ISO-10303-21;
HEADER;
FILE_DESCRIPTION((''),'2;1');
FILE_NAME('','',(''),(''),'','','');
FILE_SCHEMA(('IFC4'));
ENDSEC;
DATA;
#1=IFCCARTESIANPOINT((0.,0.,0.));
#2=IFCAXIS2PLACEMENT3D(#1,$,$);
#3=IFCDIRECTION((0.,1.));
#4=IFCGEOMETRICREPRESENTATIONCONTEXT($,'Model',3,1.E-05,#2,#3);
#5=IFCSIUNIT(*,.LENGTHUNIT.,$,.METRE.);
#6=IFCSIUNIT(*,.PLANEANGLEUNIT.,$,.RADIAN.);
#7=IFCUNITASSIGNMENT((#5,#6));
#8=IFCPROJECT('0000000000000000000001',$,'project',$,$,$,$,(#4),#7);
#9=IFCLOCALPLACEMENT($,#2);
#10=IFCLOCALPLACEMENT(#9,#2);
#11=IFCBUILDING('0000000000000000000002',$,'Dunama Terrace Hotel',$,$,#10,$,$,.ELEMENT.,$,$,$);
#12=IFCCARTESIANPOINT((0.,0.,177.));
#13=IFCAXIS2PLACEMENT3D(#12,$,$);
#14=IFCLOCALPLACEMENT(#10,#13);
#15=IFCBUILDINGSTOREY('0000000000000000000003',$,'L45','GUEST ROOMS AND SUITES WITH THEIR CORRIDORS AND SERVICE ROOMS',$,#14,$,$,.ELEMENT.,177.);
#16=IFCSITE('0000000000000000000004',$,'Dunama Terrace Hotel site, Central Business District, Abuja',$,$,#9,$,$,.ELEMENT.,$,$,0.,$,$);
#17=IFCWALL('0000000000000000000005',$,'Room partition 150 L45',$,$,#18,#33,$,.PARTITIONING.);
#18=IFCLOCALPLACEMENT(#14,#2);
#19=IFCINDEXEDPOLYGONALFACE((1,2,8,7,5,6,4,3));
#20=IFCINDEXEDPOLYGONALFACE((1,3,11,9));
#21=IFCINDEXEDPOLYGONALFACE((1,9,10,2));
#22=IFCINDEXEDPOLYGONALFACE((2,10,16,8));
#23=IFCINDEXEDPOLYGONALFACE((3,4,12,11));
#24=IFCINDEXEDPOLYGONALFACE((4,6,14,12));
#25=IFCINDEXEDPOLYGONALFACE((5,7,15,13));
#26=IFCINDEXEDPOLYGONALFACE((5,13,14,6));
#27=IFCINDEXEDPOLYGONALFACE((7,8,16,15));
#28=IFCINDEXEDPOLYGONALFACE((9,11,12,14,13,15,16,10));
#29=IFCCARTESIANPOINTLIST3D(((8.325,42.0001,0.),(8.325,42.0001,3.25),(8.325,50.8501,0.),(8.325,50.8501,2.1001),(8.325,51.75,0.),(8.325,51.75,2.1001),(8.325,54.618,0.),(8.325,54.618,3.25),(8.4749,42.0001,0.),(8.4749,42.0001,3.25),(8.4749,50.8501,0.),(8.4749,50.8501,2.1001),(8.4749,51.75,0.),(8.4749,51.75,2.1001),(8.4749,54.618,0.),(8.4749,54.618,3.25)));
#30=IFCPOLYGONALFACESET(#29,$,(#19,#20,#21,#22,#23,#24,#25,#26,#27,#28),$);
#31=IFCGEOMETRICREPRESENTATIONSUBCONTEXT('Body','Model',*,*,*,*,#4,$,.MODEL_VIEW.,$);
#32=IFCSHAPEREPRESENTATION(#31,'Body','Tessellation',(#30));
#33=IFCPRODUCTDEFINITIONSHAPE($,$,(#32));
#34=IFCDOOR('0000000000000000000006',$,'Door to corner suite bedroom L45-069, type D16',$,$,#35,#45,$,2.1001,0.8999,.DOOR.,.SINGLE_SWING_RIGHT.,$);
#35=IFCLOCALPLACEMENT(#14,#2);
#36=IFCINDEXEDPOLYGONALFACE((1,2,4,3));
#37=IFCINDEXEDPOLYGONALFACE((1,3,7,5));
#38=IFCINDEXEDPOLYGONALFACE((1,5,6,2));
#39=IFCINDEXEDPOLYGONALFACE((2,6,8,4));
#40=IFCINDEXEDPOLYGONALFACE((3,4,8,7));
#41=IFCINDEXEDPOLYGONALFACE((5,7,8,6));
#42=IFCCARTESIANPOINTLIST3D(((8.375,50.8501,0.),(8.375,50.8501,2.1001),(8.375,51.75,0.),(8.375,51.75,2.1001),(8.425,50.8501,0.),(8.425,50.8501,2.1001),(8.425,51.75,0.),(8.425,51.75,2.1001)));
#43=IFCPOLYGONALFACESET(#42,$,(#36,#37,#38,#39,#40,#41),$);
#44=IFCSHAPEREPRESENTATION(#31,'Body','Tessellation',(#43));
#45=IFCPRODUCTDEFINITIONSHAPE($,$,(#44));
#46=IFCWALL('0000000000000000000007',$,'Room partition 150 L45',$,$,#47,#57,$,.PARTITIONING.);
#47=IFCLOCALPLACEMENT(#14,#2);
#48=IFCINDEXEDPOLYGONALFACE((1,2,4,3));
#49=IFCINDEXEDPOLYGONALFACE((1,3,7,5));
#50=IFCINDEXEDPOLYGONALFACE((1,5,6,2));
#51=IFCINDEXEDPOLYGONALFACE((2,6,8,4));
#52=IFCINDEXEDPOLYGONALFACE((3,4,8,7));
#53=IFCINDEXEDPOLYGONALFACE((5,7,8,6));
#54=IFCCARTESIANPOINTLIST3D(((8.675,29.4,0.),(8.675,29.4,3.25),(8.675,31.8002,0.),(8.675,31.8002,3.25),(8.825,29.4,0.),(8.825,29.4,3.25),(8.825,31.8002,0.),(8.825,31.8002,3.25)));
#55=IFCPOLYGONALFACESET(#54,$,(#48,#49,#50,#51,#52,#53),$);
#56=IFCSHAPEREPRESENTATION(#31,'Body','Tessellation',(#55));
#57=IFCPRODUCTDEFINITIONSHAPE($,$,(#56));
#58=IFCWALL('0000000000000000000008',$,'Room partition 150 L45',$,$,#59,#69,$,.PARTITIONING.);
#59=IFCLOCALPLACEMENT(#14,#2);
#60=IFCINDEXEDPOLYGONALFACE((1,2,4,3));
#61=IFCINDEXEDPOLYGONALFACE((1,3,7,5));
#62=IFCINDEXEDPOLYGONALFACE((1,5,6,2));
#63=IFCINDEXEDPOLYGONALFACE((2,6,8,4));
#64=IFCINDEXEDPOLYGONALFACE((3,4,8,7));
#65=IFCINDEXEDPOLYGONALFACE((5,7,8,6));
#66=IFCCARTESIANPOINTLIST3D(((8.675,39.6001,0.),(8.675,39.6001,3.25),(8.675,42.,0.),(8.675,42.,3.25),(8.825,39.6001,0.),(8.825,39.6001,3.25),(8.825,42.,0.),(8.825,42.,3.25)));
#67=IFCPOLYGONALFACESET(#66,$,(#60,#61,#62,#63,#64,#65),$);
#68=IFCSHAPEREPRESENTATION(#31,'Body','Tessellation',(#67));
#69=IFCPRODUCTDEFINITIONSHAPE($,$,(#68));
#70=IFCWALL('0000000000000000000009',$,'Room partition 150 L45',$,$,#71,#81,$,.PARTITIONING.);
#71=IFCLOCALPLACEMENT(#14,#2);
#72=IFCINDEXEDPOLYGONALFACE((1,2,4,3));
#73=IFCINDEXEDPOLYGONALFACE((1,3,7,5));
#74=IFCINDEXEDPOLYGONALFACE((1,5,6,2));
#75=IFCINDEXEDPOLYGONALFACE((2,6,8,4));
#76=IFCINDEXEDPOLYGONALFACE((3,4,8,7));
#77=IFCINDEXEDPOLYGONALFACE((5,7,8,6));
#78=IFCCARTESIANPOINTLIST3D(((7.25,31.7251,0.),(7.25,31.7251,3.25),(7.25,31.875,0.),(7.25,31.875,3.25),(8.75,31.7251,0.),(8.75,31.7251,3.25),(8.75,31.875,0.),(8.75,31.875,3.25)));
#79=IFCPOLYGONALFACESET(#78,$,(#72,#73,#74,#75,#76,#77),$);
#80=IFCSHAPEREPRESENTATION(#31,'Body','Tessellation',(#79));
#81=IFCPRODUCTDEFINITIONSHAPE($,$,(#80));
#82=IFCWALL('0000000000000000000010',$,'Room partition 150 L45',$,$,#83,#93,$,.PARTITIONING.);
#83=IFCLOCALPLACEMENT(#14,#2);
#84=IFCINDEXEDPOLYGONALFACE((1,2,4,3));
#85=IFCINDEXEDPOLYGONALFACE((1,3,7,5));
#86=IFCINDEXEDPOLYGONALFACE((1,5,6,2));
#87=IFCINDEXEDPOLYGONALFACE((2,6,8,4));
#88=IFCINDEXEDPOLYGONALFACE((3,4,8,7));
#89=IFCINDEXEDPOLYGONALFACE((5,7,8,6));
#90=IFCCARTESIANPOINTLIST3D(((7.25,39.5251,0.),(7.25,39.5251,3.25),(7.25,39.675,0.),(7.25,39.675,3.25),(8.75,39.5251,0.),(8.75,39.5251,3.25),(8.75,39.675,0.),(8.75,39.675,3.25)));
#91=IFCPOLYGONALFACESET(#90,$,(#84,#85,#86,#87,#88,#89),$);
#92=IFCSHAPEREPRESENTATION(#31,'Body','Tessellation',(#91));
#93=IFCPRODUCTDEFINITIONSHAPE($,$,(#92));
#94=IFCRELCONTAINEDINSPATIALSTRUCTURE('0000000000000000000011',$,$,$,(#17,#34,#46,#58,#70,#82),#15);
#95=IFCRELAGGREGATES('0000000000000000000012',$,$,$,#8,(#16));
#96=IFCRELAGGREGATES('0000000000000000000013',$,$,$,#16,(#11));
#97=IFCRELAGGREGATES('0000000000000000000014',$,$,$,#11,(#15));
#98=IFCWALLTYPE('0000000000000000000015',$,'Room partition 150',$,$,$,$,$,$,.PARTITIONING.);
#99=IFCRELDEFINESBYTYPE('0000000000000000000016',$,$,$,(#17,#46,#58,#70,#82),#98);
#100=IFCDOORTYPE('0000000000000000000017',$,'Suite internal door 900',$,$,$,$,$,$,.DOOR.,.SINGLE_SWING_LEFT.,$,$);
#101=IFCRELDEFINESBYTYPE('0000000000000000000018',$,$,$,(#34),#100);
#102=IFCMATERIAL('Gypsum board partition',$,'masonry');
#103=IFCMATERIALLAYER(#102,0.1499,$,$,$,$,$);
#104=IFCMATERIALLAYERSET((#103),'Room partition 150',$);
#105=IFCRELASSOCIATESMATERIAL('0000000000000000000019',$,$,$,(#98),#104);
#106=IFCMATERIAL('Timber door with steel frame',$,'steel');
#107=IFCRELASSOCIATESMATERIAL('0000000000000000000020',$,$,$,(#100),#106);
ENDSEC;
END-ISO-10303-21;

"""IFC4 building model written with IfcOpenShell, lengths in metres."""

from ifc_helpers import new_model, si_unit, direction, frame, frame_2d, origin, place, context, subcontext, project, spatial, rectangle, extrude, material, layer, layer_set, type_object, element, fill, save


model = new_model("IFC4")

# Units and contexts
model_context = context("Model", 3, precision=1e-05, world=origin(), true_north=direction((0.0, 1.0)))
body_context = subcontext(model_context, "Body", "Model", "MODEL_VIEW")
ifc_project = project(units=[si_unit("LENGTHUNIT", "METRE"), si_unit("PLANEANGLEUNIT", "RADIAN")], contexts=[model_context])

# Site, building, storey
site_placement = place(None, origin())
site = spatial("IfcSite", under=ifc_project, at=site_placement, Name="Dunama Terrace Hotel site, Central Business District, Abuja", CompositionType="ELEMENT", RefElevation=0.0)
building_placement = place(site_placement, origin())
building = spatial("IfcBuilding", under=site, at=building_placement, Name="Dunama Terrace Hotel", CompositionType="ELEMENT")
storey_placement = place(building_placement, frame((0.0, 0.0, 177.0)))
storey = spatial("IfcBuildingStorey", under=building, at=storey_placement, Name="L45", Description="GUEST ROOMS AND SUITES WITH THEIR CORRIDORS AND SERVICE ROOMS", CompositionType="ELEMENT", Elevation=177.0)

# Wall, opening, door
ifc_material_1 = material(Name="Gypsum board partition", Category="masonry")
ifc_layer_1 = layer(ifc_material_1, 0.1499)
ifc_layer_set_1 = layer_set([ifc_layer_1], Name="Room partition 150")
wall_type_1 = type_object("IfcWallType", Name="Room partition 150", PredefinedType="PARTITIONING", material=ifc_layer_set_1)
ifc_material_2 = material(Name="Timber door with steel frame", Category="steel")
door_type_1 = type_object("IfcDoorType", Name="Suite internal door 900", OperationType="SINGLE_SWING_LEFT", PredefinedType="DOOR", material=ifc_material_2)
wall_1_placement = place(storey_placement, frame((8.3999, 42.0, 0.0), z_axis=(0.0, 0.0, 1.0), x_axis=(0.0, 1.0, 0.0)))
wall_1 = element("IfcWall", 1, at=wall_1_placement, inside=storey, type_object=wall_type_1, Name="Room partition 150 L45", PredefinedType="PARTITIONING", context=body_context, shape_type="SweptSolid", body=[
    extrude(rectangle(XDim=12.6179, YDim=0.1499, at=frame_2d((6.3091, 0.0))), origin(), (0.0, 0.0, 1.0), 3.25),
])
opening_1_placement = place(wall_1_placement, frame((8.8501, 0.0, 0.0)))
opening_1 = element("IfcOpeningElement", 2, at=opening_1_placement, cuts=wall_1, PredefinedType="OPENING", context=body_context, shape_type="SweptSolid", body=[
    extrude(rectangle(XDim=0.8999, YDim=2.1001, at=frame_2d((0.45, 1.05))), frame((0.0, 0.085, 0.0), z_axis=(0.0, -1.0, 0.0), x_axis=(1.0, 0.0, 0.0)), (0.0, 0.0, 1.0), 0.1699),
])
door_1_placement = place(opening_1_placement, origin())
door_1 = element("IfcDoor", 3, at=door_1_placement, inside=storey, type_object=door_type_1, Name="Door to corner suite bedroom L45-069, type D16", OperationType="SINGLE_SWING_RIGHT", OverallHeight=2.1001, OverallWidth=0.8999, PredefinedType="DOOR", context=body_context, shape_type="SweptSolid", body=[
    extrude(rectangle(XDim=0.8999, YDim=2.1001, at=frame_2d((0.45, 1.05))), frame((0.0, 0.0249, 0.0), z_axis=(0.0, -1.0, 0.0), x_axis=(1.0, 0.0, 0.0)), (0.0, 0.0, 1.0), 0.05),
])
fill(opening_1, door_1)

# Walls
wall_2_placement = place(storey_placement, frame((8.75, 29.3999, 0.0), z_axis=(0.0, 0.0, 1.0), x_axis=(0.0, 1.0, 0.0)))
element("IfcWall", 4, at=wall_2_placement, inside=storey, type_object=wall_type_1, Name="Room partition 150 L45", PredefinedType="PARTITIONING", context=body_context, shape_type="SweptSolid", body=[
    extrude(rectangle(XDim=2.4001, YDim=0.1499, at=frame_2d((1.2002, 0.0))), origin(), (0.0, 0.0, 1.0), 3.25),
])
wall_3_placement = place(storey_placement, frame((8.75, 39.6001, 0.0), z_axis=(0.0, 0.0, 1.0), x_axis=(0.0, 1.0, 0.0)))
element("IfcWall", 5, at=wall_3_placement, inside=storey, type_object=wall_type_1, Name="Room partition 150 L45", PredefinedType="PARTITIONING", context=body_context, shape_type="SweptSolid", body=[
    extrude(rectangle(XDim=2.3999, YDim=0.1499, at=frame_2d((1.2, 0.0))), origin(), (0.0, 0.0, 1.0), 3.25),
])
for number, where, z_axis, x_axis, name in (
    (6, (7.25, 31.8, 0.0), (0.0, 0.0, 1.0), (1.0, 0.0, 0.0), "Room partition 150 L45"),
    (7, (7.25, 39.6001, 0.0), (0.0, 0.0, 1.0), (1.0, 0.0, 0.0), "Room partition 150 L45"),
):
    element("IfcWall", number, at=place(storey_placement, frame(where, z_axis=z_axis, x_axis=x_axis)), inside=storey, type_object=wall_type_1, Name=name, PredefinedType="PARTITIONING", context=body_context, shape_type="SweptSolid", body=[
        extrude(rectangle(XDim=1.5, YDim=0.1499, at=frame_2d((0.75, 0.0))), origin(), (0.0, 0.0, 1.0), 3.25),
    ])

save(model, "model.ifc")
